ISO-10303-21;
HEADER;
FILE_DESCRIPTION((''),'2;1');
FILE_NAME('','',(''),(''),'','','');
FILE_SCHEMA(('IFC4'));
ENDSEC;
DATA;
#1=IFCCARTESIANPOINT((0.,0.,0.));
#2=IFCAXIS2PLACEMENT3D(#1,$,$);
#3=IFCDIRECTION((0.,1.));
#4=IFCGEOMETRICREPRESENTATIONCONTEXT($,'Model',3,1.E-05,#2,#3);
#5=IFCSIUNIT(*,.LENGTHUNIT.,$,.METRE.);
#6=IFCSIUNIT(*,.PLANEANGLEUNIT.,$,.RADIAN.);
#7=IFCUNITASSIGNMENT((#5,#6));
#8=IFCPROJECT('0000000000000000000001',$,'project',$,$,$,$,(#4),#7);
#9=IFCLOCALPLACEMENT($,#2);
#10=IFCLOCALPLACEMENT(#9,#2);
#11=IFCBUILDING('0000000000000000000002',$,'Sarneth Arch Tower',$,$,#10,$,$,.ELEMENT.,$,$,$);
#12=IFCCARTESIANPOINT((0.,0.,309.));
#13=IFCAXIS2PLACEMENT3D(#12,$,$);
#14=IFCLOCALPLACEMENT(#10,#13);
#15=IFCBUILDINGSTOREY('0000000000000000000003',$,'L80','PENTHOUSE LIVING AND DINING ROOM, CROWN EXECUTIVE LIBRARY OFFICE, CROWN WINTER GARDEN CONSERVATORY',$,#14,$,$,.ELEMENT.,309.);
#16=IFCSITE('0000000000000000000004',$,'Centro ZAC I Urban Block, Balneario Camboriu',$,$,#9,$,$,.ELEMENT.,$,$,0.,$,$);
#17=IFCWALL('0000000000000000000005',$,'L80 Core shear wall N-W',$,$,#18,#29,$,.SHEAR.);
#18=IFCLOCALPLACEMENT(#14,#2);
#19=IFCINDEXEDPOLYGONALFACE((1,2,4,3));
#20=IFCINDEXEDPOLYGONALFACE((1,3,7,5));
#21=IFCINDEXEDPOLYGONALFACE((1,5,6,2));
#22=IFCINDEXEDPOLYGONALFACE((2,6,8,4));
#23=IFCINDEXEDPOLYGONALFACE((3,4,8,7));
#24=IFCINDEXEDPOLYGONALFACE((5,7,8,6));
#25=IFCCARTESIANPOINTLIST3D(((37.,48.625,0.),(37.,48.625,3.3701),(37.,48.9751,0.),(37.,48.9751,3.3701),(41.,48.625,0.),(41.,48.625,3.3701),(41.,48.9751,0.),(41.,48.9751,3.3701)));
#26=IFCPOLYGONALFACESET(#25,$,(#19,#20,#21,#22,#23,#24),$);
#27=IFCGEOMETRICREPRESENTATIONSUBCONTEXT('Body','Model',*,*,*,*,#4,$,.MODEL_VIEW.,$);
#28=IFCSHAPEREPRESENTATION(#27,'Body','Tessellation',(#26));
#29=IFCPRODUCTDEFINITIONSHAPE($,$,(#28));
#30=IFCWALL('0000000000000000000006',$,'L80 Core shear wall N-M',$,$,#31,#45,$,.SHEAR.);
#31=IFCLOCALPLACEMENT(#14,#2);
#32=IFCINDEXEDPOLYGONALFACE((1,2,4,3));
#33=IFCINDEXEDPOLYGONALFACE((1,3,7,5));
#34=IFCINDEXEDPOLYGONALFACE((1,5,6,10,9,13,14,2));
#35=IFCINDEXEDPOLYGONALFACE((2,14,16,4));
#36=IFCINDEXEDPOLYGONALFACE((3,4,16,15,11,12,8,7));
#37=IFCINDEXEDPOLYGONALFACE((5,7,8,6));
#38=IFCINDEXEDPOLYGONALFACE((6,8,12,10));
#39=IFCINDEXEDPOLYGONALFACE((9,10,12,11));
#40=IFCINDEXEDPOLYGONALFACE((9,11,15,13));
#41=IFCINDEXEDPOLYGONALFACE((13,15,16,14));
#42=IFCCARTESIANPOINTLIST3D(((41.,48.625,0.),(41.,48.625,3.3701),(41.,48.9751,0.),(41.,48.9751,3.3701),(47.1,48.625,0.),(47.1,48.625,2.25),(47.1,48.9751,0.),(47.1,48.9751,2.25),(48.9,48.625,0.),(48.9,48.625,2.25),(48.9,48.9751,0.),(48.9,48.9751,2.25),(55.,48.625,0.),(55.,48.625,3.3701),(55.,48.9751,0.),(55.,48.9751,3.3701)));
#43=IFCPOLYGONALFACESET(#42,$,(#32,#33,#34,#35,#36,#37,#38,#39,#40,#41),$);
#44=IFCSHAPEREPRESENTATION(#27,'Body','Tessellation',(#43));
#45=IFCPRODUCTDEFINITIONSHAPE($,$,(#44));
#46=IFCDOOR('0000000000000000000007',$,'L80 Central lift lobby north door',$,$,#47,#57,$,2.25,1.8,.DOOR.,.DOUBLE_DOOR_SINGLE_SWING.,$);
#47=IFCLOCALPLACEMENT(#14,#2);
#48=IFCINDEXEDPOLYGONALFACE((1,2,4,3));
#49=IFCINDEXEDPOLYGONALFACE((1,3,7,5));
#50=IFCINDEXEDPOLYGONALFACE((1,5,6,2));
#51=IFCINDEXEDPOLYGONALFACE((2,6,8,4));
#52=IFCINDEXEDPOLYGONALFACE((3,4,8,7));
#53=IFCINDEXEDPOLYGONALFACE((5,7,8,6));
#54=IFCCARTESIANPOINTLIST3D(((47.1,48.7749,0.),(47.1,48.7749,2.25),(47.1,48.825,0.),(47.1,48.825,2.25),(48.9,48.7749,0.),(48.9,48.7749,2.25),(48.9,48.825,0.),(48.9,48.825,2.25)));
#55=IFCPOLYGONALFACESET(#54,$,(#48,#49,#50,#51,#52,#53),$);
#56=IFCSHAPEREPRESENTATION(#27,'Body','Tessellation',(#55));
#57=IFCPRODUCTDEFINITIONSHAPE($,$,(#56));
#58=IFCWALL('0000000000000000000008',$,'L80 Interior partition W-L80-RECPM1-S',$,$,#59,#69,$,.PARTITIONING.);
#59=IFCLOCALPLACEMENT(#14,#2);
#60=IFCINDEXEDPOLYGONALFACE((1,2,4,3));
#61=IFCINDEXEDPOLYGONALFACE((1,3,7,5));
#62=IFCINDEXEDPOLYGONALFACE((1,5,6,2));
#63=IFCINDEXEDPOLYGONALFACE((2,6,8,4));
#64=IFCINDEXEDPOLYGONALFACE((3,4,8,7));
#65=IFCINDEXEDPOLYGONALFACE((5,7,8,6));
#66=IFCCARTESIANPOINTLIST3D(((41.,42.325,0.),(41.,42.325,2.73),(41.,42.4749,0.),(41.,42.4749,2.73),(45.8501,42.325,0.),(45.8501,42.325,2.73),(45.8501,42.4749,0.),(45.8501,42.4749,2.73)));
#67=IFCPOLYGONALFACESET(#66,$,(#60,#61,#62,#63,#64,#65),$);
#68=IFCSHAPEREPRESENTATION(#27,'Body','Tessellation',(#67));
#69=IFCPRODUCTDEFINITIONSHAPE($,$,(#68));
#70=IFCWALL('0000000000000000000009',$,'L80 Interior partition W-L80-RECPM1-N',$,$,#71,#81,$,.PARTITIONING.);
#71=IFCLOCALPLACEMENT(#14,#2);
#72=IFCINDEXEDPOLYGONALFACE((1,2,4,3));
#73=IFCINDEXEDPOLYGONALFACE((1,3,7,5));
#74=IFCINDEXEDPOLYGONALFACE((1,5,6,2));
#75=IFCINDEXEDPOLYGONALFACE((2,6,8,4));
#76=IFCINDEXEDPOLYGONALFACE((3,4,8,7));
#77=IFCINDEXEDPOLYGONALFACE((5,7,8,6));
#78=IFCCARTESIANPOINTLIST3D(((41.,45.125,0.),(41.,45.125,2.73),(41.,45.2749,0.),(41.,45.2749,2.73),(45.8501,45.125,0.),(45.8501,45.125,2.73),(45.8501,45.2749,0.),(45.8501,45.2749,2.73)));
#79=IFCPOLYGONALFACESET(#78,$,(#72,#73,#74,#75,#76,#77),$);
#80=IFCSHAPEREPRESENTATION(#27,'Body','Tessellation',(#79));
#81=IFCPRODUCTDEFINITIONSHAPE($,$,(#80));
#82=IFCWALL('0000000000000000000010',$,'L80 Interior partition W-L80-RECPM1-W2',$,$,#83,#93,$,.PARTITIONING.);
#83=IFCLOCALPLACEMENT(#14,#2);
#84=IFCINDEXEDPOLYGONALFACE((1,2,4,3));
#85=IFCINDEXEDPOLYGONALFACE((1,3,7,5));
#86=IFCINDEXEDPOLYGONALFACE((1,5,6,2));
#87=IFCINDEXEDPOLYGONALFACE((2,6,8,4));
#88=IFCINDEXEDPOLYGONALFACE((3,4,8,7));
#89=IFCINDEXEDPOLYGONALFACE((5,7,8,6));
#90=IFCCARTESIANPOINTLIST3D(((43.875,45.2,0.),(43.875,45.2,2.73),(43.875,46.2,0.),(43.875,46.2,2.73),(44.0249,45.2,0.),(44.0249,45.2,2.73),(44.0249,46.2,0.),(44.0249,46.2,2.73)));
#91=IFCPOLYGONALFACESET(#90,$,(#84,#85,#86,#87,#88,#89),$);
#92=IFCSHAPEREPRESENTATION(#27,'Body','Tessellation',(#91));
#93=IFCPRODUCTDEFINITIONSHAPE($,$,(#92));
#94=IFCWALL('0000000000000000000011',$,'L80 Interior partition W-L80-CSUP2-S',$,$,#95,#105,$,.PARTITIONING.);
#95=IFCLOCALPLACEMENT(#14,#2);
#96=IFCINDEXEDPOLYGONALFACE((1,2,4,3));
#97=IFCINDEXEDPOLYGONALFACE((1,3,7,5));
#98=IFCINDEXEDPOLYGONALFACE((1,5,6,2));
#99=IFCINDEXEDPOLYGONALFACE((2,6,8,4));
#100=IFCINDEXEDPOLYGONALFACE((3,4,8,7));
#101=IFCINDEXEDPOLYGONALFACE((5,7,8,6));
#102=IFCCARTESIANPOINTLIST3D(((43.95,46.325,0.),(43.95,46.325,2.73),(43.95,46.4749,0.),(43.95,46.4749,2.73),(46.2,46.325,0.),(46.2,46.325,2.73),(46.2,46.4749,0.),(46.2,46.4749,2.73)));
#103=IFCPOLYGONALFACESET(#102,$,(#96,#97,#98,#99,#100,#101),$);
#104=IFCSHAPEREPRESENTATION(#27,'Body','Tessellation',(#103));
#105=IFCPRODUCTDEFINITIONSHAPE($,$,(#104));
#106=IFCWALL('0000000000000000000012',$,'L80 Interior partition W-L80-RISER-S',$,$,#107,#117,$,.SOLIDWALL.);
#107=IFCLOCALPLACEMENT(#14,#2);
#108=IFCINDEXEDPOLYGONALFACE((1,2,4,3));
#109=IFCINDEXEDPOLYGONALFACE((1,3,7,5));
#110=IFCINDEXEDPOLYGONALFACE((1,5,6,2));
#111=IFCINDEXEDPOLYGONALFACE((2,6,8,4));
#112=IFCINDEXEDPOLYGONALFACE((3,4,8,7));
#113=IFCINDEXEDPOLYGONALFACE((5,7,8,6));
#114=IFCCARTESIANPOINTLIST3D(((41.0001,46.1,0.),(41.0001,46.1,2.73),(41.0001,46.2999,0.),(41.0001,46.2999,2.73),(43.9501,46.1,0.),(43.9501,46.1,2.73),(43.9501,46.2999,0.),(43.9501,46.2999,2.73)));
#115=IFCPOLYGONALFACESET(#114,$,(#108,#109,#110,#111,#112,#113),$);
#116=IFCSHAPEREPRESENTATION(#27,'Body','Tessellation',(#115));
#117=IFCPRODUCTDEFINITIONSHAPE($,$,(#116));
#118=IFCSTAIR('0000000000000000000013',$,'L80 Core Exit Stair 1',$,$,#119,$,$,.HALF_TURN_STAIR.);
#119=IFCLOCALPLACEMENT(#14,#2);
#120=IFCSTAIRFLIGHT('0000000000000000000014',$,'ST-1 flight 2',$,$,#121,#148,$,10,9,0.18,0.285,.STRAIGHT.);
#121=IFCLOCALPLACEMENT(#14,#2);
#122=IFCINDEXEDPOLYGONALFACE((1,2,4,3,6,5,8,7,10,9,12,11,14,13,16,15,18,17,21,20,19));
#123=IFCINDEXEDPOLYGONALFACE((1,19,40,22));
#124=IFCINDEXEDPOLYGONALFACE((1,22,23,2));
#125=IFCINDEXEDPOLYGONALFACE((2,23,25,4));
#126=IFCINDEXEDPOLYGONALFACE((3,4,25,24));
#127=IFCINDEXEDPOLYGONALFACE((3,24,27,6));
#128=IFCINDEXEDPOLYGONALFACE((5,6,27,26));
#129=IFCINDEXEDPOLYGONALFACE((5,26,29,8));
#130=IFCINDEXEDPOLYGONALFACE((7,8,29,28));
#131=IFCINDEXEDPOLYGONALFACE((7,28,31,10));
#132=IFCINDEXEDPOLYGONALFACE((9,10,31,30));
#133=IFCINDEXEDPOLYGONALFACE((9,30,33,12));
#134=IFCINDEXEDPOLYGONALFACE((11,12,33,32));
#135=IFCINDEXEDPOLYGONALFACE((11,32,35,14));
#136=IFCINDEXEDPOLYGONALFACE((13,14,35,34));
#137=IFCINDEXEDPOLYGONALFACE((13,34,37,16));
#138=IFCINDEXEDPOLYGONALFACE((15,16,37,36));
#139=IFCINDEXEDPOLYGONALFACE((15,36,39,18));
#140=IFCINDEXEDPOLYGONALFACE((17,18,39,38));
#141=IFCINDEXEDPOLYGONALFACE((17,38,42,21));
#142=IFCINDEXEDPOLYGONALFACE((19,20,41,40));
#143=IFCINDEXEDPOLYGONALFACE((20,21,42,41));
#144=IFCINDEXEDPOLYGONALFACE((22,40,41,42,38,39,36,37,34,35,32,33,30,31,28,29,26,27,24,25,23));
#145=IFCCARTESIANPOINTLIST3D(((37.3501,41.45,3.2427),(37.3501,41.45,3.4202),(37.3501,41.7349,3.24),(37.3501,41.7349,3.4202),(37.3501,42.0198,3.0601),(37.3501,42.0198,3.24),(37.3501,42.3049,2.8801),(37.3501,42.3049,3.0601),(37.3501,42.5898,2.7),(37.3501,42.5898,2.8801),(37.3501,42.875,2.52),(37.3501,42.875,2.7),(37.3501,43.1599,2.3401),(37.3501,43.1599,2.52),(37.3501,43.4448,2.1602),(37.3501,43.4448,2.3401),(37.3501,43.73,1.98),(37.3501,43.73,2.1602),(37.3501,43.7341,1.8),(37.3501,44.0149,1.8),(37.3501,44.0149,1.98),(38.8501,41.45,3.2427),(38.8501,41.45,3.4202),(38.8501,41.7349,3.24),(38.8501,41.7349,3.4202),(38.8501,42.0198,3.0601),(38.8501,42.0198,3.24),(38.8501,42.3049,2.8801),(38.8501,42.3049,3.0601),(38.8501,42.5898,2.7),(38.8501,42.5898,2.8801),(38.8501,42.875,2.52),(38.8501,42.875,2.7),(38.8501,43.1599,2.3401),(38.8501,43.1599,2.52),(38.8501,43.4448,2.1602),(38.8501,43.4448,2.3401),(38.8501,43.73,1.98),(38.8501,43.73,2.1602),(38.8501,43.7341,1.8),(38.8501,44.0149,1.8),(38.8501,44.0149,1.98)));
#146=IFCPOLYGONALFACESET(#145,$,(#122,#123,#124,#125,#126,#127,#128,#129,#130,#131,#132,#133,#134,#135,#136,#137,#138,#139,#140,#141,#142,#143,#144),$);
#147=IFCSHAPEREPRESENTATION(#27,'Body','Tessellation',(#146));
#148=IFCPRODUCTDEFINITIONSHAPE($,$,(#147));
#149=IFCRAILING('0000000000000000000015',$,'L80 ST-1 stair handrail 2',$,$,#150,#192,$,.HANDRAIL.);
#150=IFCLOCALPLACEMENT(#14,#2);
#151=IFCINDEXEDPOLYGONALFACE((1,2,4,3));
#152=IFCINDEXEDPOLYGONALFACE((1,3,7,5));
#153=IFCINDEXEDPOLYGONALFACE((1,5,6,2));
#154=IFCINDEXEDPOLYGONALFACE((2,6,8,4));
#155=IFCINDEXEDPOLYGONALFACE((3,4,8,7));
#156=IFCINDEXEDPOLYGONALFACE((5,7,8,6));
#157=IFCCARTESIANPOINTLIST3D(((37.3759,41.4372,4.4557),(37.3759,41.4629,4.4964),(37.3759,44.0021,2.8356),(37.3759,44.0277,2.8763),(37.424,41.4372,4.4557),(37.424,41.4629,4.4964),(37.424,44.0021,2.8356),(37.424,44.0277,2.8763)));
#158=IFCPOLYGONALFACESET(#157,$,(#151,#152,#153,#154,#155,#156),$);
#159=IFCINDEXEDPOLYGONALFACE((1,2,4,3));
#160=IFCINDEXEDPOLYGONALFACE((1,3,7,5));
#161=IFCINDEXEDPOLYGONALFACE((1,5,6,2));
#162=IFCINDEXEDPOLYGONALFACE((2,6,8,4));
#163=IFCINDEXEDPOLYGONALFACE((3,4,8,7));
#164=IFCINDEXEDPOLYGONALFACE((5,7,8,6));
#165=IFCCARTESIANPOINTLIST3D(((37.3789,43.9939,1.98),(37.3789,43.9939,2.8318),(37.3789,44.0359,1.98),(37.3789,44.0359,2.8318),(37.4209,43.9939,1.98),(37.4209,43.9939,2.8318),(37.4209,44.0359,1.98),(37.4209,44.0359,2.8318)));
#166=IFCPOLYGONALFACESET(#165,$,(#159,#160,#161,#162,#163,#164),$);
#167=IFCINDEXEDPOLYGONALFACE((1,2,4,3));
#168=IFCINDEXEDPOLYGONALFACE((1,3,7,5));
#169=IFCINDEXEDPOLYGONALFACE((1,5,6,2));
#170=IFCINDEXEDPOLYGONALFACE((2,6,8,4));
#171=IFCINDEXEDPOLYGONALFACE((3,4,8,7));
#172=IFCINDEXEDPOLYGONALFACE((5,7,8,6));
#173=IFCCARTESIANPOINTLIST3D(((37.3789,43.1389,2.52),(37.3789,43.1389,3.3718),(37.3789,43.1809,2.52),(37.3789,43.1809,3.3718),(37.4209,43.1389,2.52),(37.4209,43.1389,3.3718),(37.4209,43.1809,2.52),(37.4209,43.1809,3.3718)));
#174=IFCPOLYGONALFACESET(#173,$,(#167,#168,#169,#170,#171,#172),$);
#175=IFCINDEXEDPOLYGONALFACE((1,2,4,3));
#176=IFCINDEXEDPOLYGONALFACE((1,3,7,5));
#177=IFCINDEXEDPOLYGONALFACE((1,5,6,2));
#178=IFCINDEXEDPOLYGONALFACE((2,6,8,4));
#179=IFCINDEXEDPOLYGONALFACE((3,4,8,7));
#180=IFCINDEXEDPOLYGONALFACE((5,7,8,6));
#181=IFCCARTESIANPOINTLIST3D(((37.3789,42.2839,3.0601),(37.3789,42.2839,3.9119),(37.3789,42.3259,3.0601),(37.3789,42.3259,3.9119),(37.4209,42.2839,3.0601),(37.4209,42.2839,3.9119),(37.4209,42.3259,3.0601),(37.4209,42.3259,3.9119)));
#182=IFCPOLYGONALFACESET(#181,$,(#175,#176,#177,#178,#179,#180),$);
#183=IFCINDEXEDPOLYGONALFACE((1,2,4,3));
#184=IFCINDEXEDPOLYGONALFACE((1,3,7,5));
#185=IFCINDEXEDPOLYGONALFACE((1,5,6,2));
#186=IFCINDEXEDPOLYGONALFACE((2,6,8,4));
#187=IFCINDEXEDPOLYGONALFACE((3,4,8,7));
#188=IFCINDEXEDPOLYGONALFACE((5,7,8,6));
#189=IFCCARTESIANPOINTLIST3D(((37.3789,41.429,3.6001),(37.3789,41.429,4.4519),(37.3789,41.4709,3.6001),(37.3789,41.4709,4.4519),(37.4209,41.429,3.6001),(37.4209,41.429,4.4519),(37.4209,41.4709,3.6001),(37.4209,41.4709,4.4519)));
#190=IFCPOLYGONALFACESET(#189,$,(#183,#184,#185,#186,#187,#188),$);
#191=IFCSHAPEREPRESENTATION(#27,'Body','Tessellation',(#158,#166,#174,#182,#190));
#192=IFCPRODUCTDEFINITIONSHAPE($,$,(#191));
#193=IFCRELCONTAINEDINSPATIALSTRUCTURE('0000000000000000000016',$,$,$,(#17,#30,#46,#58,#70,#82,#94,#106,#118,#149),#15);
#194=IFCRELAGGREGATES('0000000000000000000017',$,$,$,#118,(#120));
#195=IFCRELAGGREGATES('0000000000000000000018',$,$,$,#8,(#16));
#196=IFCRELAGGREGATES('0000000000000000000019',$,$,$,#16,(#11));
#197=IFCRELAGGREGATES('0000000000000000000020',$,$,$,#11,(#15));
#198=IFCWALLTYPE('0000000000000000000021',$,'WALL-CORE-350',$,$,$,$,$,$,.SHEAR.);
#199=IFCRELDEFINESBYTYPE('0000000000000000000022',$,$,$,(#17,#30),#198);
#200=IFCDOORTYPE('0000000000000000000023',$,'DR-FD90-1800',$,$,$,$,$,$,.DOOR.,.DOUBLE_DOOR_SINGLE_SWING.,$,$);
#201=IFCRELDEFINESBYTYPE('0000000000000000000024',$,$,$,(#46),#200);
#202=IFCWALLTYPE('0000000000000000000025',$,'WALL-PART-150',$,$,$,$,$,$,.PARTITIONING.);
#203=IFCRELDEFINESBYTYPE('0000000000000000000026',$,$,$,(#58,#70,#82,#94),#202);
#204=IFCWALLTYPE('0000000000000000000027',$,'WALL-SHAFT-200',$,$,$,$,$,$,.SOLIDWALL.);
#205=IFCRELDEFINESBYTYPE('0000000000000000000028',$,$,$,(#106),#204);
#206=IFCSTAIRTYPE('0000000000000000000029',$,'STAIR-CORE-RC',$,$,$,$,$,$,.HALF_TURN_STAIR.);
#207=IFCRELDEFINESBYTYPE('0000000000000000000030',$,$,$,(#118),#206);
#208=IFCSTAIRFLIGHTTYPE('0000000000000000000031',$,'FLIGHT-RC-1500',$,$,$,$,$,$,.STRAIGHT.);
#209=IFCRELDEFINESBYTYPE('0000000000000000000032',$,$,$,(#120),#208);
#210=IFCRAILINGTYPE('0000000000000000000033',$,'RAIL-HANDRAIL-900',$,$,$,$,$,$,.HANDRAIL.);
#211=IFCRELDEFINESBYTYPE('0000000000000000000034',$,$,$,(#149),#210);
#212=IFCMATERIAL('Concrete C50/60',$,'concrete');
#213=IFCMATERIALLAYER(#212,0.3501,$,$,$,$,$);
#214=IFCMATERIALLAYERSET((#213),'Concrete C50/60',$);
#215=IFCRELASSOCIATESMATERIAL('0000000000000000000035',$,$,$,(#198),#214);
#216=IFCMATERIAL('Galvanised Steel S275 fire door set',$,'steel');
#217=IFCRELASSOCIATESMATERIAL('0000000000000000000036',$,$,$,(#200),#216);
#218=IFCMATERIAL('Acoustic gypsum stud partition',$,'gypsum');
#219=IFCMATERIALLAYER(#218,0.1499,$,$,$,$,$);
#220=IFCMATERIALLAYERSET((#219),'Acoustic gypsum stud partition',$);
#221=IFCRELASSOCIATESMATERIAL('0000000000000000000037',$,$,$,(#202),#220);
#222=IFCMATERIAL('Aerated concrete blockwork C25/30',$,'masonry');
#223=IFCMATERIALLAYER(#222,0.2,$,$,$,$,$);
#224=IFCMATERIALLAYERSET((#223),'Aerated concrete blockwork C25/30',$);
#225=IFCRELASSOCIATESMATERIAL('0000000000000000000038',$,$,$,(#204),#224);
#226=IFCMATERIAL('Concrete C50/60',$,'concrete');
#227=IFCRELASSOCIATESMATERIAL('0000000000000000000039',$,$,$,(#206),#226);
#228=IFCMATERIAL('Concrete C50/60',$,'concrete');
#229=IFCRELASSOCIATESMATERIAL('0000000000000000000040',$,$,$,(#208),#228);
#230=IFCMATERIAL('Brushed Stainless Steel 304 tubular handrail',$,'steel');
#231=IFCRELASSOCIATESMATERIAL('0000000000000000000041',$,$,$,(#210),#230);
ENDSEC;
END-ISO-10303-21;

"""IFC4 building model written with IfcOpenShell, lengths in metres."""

from ifc_helpers import new_model, si_unit, direction, frame, frame_2d, origin, origin_2d, place, context, subcontext, project, spatial, polyline, rectangle, outline, extrude, material, layer, layer_set, type_object, element, fill, aggregate, save


model = new_model("IFC4")

# Units and contexts
model_context = context("Model", 3, precision=1e-05, world=origin(), true_north=direction((0.0, 1.0)))
body_context = subcontext(model_context, "Body", "Model", "MODEL_VIEW")
ifc_project = project(units=[si_unit("LENGTHUNIT", "METRE"), si_unit("PLANEANGLEUNIT", "RADIAN")], contexts=[model_context])

# Site, building, storey
site_placement = place(None, origin())
site = spatial("IfcSite", under=ifc_project, at=site_placement, Name="Centro ZAC I Urban Block, Balneario Camboriu", CompositionType="ELEMENT", RefElevation=0.0)
building_placement = place(site_placement, origin())
building = spatial("IfcBuilding", under=site, at=building_placement, Name="Sarneth Arch Tower", CompositionType="ELEMENT")
storey_placement = place(building_placement, frame((0.0, 0.0, 309.0)))
storey = spatial("IfcBuildingStorey", under=building, at=storey_placement, Name="L80", Description="PENTHOUSE LIVING AND DINING ROOM, CROWN EXECUTIVE LIBRARY OFFICE, CROWN WINTER GARDEN CONSERVATORY", CompositionType="ELEMENT", Elevation=309.0)

# Wall
ifc_material_1 = material(Name="Concrete C50/60", Category="concrete")
ifc_layer_1 = layer(ifc_material_1, 0.3501)
ifc_layer_set_1 = layer_set([ifc_layer_1], Name="Concrete C50/60")
wall_type_1 = type_object("IfcWallType", Name="WALL-CORE-350", PredefinedType="SHEAR", material=ifc_layer_set_1)
wall_1_placement = place(storey_placement, frame((37.0, 48.8, 0.0), z_axis=(0.0, 0.0, 1.0), x_axis=(1.0, 0.0, 0.0)))
element("IfcWall", 1, at=wall_1_placement, inside=storey, type_object=wall_type_1, Name="L80 Core shear wall N-W", PredefinedType="SHEAR", context=body_context, shape_type="SweptSolid", body=[
    extrude(rectangle(XDim=4.0, YDim=0.3501, at=frame_2d((2.0, 0.0))), origin(), (0.0, 0.0, 1.0), 3.3701),
])

# Wall, opening, door
wall_2_placement = place(storey_placement, frame((41.0, 48.8, 0.0), z_axis=(0.0, 0.0, 1.0), x_axis=(1.0, 0.0, 0.0)))
wall_2 = element("IfcWall", 2, at=wall_2_placement, inside=storey, type_object=wall_type_1, Name="L80 Core shear wall N-M", PredefinedType="SHEAR", context=body_context, shape_type="SweptSolid", body=[
    extrude(rectangle(XDim=14.0, YDim=0.3501, at=frame_2d((7.0, 0.0))), origin(), (0.0, 0.0, 1.0), 3.3701),
])
opening_1_placement = place(wall_2_placement, frame((6.1001, 0.0, 0.0)))
opening_1 = element("IfcOpeningElement", 3, at=opening_1_placement, cuts=wall_2, PredefinedType="OPENING", context=body_context, shape_type="SweptSolid", body=[
    extrude(rectangle(XDim=1.8, YDim=2.25, at=frame_2d((0.8999, 1.125))), frame((0.0, 0.1851, 0.0), z_axis=(0.0, -1.0, 0.0), x_axis=(1.0, 0.0, 0.0)), (0.0, 0.0, 1.0), 0.3701),
])
ifc_material_2 = material(Name="Galvanised Steel S275 fire door set", Category="steel")
door_type_1 = type_object("IfcDoorType", Name="DR-FD90-1800", OperationType="DOUBLE_DOOR_SINGLE_SWING", PredefinedType="DOOR", material=ifc_material_2)
door_1_placement = place(opening_1_placement, origin())
door_1 = element("IfcDoor", 4, at=door_1_placement, inside=storey, type_object=door_type_1, Name="L80 Central lift lobby north door", OperationType="DOUBLE_DOOR_SINGLE_SWING", OverallHeight=2.25, OverallWidth=1.8, PredefinedType="DOOR", context=body_context, shape_type="SweptSolid", body=[
    extrude(rectangle(XDim=1.8, YDim=2.25, at=frame_2d((0.8999, 1.125))), frame((0.0, 0.0249, 0.0), z_axis=(0.0, -1.0, 0.0), x_axis=(1.0, 0.0, 0.0)), (0.0, 0.0, 1.0), 0.05),
])
fill(opening_1, door_1)

# Walls
ifc_material_3 = material(Name="Acoustic gypsum stud partition", Category="gypsum")
ifc_layer_2 = layer(ifc_material_3, 0.1499)
ifc_layer_set_2 = layer_set([ifc_layer_2], Name="Acoustic gypsum stud partition")
wall_type_2 = type_object("IfcWallType", Name="WALL-PART-150", PredefinedType="PARTITIONING", material=ifc_layer_set_2)
for number, where, z_axis, x_axis, name in (
    (5, (41.0, 42.3999, 0.0), (0.0, 0.0, 1.0), (1.0, 0.0, 0.0), "L80 Interior partition W-L80-RECPM1-S"),
    (6, (41.0, 45.2, 0.0), (0.0, 0.0, 1.0), (1.0, 0.0, 0.0), "L80 Interior partition W-L80-RECPM1-N"),
):
    element("IfcWall", number, at=place(storey_placement, frame(where, z_axis=z_axis, x_axis=x_axis)), inside=storey, type_object=wall_type_2, Name=name, PredefinedType="PARTITIONING", context=body_context, shape_type="SweptSolid", body=[
        extrude(rectangle(XDim=4.8501, YDim=0.1499, at=frame_2d((2.425, 0.0))), origin(), (0.0, 0.0, 1.0), 2.73),
    ])
wall_3_placement = place(storey_placement, frame((43.95, 45.2, 0.0), z_axis=(0.0, 0.0, 1.0), x_axis=(0.0, 1.0, 0.0)))
element("IfcWall", 7, at=wall_3_placement, inside=storey, type_object=wall_type_2, Name="L80 Interior partition W-L80-RECPM1-W2", PredefinedType="PARTITIONING", context=body_context, shape_type="SweptSolid", body=[
    extrude(rectangle(XDim=1.0, YDim=0.1499, at=frame_2d((0.5, 0.0))), origin(), (0.0, 0.0, 1.0), 2.73),
])

# Wall
wall_4_placement = place(storey_placement, frame((43.95, 46.3999, 0.0), z_axis=(0.0, 0.0, 1.0), x_axis=(1.0, 0.0, 0.0)))
element("IfcWall", 8, at=wall_4_placement, inside=storey, type_object=wall_type_2, Name="L80 Interior partition W-L80-CSUP2-S", PredefinedType="PARTITIONING", context=body_context, shape_type="SweptSolid", body=[
    extrude(rectangle(XDim=2.25, YDim=0.1499, at=frame_2d((1.125, 0.0))), origin(), (0.0, 0.0, 1.0), 2.73),
])

# Wall
ifc_material_4 = material(Name="Aerated concrete blockwork C25/30", Category="masonry")
ifc_layer_3 = layer(ifc_material_4, 0.2)
ifc_layer_set_3 = layer_set([ifc_layer_3], Name="Aerated concrete blockwork C25/30")
wall_type_3 = type_object("IfcWallType", Name="WALL-SHAFT-200", PredefinedType="SOLIDWALL", material=ifc_layer_set_3)
wall_5_placement = place(storey_placement, frame((41.0, 46.2, 0.0), z_axis=(0.0, 0.0, 1.0), x_axis=(1.0, 0.0, 0.0)))
element("IfcWall", 9, at=wall_5_placement, inside=storey, type_object=wall_type_3, Name="L80 Interior partition W-L80-RISER-S", PredefinedType="SOLIDWALL", context=body_context, shape_type="SweptSolid", body=[
    extrude(rectangle(XDim=2.95, YDim=0.2, at=frame_2d((1.4751, 0.0))), origin(), (0.0, 0.0, 1.0), 2.73),
])

# Stair, stair flight
ifc_material_5 = material(Name="Concrete C50/60", Category="concrete")
stair_type = type_object("IfcStairType", Name="STAIR-CORE-RC", PredefinedType="HALF_TURN_STAIR", material=ifc_material_5)
stair_placement = place(storey_placement, origin())
stair = element("IfcStair", 10, at=stair_placement, inside=storey, type_object=stair_type, Name="L80 Core Exit Stair 1", PredefinedType="HALF_TURN_STAIR")
ifc_material_6 = material(Name="Concrete C50/60", Category="concrete")
stair_flight_type = type_object("IfcStairFlightType", Name="FLIGHT-RC-1500", PredefinedType="STRAIGHT", material=ifc_material_6)
stair_flight_placement = place(storey_placement, frame((38.1001, 44.0149, 1.8), z_axis=(0.0, 0.0, 1.0), x_axis=(0.0, -1.0, 0.0)))
stair_flight = element("IfcStairFlight", 11, at=stair_flight_placement, type_object=stair_flight_type, Name="ST-1 flight 2", NumberOfRisers=10, NumberOfTreads=9, PredefinedType="STRAIGHT", RiserHeight=0.18, TreadLength=0.285, context=body_context, shape_type="SweptSolid", body=[
    extrude(outline(polyline([(0.0, 0.0), (0.0, 0.1799), (0.2849, 0.1799), (0.2849, 0.3601), (0.5701, 0.3601), (0.5701, 0.54), (0.855, 0.54), (0.855, 0.72), (1.1399, 0.72), (1.1399, 0.8999), (1.425, 0.8999), (1.425, 1.0801), (1.71, 1.0801), (1.71, 1.26), (1.9951, 1.26), (1.9951, 1.4399), (2.28, 1.4399), (2.28, 1.6201), (2.5649, 1.6201), (2.5649, 1.8), (2.5649, 1.4426), (0.2808, 0.0), (0.0, 0.0)])), frame((0.0, 0.75, 0.0), z_axis=(0.0, -1.0, 0.0), x_axis=(1.0, 0.0, 0.0)), (0.0, 0.0, 1.0), 1.5),
])
aggregate(stair, [stair_flight])

# Railing
ifc_material_7 = material(Name="Brushed Stainless Steel 304 tubular handrail", Category="steel")
railing_type_1 = type_object("IfcRailingType", Name="RAIL-HANDRAIL-900", PredefinedType="HANDRAIL", material=ifc_material_7)
railing_1_placement = place(storey_placement, frame((37.3999, 44.0149, 1.98)))
element("IfcRailing", 12, at=railing_1_placement, inside=storey, type_object=railing_type_1, Name="L80 ST-1 stair handrail 2", PredefinedType="HANDRAIL", context=body_context, shape_type="SweptSolid", body=[
    extrude(rectangle(XDim=0.0481, YDim=0.0481, at=origin_2d()), frame((0.0, 0.0, 0.876), z_axis=(0.0, -0.845466, 0.534029), x_axis=(1.0, 0.0, 0.0)), (0.0, 0.0, 1.0), 3.0337),
    extrude(rectangle(XDim=0.042, YDim=0.042, at=origin_2d()), origin(), (0.0, 0.0, 1.0), 0.8518),
    extrude(rectangle(XDim=0.042, YDim=0.042, at=origin_2d()), frame((0.0, -0.855, 0.54)), (0.0, 0.0, 1.0), 0.8518),
    extrude(rectangle(XDim=0.042, YDim=0.042, at=origin_2d()), frame((0.0, -1.71, 1.0801)), (0.0, 0.0, 1.0), 0.8518),
    extrude(rectangle(XDim=0.042, YDim=0.042, at=origin_2d()), frame((0.0, -2.5649, 1.6201)), (0.0, 0.0, 1.0), 0.8518),
])

save(model, "model.ifc")
